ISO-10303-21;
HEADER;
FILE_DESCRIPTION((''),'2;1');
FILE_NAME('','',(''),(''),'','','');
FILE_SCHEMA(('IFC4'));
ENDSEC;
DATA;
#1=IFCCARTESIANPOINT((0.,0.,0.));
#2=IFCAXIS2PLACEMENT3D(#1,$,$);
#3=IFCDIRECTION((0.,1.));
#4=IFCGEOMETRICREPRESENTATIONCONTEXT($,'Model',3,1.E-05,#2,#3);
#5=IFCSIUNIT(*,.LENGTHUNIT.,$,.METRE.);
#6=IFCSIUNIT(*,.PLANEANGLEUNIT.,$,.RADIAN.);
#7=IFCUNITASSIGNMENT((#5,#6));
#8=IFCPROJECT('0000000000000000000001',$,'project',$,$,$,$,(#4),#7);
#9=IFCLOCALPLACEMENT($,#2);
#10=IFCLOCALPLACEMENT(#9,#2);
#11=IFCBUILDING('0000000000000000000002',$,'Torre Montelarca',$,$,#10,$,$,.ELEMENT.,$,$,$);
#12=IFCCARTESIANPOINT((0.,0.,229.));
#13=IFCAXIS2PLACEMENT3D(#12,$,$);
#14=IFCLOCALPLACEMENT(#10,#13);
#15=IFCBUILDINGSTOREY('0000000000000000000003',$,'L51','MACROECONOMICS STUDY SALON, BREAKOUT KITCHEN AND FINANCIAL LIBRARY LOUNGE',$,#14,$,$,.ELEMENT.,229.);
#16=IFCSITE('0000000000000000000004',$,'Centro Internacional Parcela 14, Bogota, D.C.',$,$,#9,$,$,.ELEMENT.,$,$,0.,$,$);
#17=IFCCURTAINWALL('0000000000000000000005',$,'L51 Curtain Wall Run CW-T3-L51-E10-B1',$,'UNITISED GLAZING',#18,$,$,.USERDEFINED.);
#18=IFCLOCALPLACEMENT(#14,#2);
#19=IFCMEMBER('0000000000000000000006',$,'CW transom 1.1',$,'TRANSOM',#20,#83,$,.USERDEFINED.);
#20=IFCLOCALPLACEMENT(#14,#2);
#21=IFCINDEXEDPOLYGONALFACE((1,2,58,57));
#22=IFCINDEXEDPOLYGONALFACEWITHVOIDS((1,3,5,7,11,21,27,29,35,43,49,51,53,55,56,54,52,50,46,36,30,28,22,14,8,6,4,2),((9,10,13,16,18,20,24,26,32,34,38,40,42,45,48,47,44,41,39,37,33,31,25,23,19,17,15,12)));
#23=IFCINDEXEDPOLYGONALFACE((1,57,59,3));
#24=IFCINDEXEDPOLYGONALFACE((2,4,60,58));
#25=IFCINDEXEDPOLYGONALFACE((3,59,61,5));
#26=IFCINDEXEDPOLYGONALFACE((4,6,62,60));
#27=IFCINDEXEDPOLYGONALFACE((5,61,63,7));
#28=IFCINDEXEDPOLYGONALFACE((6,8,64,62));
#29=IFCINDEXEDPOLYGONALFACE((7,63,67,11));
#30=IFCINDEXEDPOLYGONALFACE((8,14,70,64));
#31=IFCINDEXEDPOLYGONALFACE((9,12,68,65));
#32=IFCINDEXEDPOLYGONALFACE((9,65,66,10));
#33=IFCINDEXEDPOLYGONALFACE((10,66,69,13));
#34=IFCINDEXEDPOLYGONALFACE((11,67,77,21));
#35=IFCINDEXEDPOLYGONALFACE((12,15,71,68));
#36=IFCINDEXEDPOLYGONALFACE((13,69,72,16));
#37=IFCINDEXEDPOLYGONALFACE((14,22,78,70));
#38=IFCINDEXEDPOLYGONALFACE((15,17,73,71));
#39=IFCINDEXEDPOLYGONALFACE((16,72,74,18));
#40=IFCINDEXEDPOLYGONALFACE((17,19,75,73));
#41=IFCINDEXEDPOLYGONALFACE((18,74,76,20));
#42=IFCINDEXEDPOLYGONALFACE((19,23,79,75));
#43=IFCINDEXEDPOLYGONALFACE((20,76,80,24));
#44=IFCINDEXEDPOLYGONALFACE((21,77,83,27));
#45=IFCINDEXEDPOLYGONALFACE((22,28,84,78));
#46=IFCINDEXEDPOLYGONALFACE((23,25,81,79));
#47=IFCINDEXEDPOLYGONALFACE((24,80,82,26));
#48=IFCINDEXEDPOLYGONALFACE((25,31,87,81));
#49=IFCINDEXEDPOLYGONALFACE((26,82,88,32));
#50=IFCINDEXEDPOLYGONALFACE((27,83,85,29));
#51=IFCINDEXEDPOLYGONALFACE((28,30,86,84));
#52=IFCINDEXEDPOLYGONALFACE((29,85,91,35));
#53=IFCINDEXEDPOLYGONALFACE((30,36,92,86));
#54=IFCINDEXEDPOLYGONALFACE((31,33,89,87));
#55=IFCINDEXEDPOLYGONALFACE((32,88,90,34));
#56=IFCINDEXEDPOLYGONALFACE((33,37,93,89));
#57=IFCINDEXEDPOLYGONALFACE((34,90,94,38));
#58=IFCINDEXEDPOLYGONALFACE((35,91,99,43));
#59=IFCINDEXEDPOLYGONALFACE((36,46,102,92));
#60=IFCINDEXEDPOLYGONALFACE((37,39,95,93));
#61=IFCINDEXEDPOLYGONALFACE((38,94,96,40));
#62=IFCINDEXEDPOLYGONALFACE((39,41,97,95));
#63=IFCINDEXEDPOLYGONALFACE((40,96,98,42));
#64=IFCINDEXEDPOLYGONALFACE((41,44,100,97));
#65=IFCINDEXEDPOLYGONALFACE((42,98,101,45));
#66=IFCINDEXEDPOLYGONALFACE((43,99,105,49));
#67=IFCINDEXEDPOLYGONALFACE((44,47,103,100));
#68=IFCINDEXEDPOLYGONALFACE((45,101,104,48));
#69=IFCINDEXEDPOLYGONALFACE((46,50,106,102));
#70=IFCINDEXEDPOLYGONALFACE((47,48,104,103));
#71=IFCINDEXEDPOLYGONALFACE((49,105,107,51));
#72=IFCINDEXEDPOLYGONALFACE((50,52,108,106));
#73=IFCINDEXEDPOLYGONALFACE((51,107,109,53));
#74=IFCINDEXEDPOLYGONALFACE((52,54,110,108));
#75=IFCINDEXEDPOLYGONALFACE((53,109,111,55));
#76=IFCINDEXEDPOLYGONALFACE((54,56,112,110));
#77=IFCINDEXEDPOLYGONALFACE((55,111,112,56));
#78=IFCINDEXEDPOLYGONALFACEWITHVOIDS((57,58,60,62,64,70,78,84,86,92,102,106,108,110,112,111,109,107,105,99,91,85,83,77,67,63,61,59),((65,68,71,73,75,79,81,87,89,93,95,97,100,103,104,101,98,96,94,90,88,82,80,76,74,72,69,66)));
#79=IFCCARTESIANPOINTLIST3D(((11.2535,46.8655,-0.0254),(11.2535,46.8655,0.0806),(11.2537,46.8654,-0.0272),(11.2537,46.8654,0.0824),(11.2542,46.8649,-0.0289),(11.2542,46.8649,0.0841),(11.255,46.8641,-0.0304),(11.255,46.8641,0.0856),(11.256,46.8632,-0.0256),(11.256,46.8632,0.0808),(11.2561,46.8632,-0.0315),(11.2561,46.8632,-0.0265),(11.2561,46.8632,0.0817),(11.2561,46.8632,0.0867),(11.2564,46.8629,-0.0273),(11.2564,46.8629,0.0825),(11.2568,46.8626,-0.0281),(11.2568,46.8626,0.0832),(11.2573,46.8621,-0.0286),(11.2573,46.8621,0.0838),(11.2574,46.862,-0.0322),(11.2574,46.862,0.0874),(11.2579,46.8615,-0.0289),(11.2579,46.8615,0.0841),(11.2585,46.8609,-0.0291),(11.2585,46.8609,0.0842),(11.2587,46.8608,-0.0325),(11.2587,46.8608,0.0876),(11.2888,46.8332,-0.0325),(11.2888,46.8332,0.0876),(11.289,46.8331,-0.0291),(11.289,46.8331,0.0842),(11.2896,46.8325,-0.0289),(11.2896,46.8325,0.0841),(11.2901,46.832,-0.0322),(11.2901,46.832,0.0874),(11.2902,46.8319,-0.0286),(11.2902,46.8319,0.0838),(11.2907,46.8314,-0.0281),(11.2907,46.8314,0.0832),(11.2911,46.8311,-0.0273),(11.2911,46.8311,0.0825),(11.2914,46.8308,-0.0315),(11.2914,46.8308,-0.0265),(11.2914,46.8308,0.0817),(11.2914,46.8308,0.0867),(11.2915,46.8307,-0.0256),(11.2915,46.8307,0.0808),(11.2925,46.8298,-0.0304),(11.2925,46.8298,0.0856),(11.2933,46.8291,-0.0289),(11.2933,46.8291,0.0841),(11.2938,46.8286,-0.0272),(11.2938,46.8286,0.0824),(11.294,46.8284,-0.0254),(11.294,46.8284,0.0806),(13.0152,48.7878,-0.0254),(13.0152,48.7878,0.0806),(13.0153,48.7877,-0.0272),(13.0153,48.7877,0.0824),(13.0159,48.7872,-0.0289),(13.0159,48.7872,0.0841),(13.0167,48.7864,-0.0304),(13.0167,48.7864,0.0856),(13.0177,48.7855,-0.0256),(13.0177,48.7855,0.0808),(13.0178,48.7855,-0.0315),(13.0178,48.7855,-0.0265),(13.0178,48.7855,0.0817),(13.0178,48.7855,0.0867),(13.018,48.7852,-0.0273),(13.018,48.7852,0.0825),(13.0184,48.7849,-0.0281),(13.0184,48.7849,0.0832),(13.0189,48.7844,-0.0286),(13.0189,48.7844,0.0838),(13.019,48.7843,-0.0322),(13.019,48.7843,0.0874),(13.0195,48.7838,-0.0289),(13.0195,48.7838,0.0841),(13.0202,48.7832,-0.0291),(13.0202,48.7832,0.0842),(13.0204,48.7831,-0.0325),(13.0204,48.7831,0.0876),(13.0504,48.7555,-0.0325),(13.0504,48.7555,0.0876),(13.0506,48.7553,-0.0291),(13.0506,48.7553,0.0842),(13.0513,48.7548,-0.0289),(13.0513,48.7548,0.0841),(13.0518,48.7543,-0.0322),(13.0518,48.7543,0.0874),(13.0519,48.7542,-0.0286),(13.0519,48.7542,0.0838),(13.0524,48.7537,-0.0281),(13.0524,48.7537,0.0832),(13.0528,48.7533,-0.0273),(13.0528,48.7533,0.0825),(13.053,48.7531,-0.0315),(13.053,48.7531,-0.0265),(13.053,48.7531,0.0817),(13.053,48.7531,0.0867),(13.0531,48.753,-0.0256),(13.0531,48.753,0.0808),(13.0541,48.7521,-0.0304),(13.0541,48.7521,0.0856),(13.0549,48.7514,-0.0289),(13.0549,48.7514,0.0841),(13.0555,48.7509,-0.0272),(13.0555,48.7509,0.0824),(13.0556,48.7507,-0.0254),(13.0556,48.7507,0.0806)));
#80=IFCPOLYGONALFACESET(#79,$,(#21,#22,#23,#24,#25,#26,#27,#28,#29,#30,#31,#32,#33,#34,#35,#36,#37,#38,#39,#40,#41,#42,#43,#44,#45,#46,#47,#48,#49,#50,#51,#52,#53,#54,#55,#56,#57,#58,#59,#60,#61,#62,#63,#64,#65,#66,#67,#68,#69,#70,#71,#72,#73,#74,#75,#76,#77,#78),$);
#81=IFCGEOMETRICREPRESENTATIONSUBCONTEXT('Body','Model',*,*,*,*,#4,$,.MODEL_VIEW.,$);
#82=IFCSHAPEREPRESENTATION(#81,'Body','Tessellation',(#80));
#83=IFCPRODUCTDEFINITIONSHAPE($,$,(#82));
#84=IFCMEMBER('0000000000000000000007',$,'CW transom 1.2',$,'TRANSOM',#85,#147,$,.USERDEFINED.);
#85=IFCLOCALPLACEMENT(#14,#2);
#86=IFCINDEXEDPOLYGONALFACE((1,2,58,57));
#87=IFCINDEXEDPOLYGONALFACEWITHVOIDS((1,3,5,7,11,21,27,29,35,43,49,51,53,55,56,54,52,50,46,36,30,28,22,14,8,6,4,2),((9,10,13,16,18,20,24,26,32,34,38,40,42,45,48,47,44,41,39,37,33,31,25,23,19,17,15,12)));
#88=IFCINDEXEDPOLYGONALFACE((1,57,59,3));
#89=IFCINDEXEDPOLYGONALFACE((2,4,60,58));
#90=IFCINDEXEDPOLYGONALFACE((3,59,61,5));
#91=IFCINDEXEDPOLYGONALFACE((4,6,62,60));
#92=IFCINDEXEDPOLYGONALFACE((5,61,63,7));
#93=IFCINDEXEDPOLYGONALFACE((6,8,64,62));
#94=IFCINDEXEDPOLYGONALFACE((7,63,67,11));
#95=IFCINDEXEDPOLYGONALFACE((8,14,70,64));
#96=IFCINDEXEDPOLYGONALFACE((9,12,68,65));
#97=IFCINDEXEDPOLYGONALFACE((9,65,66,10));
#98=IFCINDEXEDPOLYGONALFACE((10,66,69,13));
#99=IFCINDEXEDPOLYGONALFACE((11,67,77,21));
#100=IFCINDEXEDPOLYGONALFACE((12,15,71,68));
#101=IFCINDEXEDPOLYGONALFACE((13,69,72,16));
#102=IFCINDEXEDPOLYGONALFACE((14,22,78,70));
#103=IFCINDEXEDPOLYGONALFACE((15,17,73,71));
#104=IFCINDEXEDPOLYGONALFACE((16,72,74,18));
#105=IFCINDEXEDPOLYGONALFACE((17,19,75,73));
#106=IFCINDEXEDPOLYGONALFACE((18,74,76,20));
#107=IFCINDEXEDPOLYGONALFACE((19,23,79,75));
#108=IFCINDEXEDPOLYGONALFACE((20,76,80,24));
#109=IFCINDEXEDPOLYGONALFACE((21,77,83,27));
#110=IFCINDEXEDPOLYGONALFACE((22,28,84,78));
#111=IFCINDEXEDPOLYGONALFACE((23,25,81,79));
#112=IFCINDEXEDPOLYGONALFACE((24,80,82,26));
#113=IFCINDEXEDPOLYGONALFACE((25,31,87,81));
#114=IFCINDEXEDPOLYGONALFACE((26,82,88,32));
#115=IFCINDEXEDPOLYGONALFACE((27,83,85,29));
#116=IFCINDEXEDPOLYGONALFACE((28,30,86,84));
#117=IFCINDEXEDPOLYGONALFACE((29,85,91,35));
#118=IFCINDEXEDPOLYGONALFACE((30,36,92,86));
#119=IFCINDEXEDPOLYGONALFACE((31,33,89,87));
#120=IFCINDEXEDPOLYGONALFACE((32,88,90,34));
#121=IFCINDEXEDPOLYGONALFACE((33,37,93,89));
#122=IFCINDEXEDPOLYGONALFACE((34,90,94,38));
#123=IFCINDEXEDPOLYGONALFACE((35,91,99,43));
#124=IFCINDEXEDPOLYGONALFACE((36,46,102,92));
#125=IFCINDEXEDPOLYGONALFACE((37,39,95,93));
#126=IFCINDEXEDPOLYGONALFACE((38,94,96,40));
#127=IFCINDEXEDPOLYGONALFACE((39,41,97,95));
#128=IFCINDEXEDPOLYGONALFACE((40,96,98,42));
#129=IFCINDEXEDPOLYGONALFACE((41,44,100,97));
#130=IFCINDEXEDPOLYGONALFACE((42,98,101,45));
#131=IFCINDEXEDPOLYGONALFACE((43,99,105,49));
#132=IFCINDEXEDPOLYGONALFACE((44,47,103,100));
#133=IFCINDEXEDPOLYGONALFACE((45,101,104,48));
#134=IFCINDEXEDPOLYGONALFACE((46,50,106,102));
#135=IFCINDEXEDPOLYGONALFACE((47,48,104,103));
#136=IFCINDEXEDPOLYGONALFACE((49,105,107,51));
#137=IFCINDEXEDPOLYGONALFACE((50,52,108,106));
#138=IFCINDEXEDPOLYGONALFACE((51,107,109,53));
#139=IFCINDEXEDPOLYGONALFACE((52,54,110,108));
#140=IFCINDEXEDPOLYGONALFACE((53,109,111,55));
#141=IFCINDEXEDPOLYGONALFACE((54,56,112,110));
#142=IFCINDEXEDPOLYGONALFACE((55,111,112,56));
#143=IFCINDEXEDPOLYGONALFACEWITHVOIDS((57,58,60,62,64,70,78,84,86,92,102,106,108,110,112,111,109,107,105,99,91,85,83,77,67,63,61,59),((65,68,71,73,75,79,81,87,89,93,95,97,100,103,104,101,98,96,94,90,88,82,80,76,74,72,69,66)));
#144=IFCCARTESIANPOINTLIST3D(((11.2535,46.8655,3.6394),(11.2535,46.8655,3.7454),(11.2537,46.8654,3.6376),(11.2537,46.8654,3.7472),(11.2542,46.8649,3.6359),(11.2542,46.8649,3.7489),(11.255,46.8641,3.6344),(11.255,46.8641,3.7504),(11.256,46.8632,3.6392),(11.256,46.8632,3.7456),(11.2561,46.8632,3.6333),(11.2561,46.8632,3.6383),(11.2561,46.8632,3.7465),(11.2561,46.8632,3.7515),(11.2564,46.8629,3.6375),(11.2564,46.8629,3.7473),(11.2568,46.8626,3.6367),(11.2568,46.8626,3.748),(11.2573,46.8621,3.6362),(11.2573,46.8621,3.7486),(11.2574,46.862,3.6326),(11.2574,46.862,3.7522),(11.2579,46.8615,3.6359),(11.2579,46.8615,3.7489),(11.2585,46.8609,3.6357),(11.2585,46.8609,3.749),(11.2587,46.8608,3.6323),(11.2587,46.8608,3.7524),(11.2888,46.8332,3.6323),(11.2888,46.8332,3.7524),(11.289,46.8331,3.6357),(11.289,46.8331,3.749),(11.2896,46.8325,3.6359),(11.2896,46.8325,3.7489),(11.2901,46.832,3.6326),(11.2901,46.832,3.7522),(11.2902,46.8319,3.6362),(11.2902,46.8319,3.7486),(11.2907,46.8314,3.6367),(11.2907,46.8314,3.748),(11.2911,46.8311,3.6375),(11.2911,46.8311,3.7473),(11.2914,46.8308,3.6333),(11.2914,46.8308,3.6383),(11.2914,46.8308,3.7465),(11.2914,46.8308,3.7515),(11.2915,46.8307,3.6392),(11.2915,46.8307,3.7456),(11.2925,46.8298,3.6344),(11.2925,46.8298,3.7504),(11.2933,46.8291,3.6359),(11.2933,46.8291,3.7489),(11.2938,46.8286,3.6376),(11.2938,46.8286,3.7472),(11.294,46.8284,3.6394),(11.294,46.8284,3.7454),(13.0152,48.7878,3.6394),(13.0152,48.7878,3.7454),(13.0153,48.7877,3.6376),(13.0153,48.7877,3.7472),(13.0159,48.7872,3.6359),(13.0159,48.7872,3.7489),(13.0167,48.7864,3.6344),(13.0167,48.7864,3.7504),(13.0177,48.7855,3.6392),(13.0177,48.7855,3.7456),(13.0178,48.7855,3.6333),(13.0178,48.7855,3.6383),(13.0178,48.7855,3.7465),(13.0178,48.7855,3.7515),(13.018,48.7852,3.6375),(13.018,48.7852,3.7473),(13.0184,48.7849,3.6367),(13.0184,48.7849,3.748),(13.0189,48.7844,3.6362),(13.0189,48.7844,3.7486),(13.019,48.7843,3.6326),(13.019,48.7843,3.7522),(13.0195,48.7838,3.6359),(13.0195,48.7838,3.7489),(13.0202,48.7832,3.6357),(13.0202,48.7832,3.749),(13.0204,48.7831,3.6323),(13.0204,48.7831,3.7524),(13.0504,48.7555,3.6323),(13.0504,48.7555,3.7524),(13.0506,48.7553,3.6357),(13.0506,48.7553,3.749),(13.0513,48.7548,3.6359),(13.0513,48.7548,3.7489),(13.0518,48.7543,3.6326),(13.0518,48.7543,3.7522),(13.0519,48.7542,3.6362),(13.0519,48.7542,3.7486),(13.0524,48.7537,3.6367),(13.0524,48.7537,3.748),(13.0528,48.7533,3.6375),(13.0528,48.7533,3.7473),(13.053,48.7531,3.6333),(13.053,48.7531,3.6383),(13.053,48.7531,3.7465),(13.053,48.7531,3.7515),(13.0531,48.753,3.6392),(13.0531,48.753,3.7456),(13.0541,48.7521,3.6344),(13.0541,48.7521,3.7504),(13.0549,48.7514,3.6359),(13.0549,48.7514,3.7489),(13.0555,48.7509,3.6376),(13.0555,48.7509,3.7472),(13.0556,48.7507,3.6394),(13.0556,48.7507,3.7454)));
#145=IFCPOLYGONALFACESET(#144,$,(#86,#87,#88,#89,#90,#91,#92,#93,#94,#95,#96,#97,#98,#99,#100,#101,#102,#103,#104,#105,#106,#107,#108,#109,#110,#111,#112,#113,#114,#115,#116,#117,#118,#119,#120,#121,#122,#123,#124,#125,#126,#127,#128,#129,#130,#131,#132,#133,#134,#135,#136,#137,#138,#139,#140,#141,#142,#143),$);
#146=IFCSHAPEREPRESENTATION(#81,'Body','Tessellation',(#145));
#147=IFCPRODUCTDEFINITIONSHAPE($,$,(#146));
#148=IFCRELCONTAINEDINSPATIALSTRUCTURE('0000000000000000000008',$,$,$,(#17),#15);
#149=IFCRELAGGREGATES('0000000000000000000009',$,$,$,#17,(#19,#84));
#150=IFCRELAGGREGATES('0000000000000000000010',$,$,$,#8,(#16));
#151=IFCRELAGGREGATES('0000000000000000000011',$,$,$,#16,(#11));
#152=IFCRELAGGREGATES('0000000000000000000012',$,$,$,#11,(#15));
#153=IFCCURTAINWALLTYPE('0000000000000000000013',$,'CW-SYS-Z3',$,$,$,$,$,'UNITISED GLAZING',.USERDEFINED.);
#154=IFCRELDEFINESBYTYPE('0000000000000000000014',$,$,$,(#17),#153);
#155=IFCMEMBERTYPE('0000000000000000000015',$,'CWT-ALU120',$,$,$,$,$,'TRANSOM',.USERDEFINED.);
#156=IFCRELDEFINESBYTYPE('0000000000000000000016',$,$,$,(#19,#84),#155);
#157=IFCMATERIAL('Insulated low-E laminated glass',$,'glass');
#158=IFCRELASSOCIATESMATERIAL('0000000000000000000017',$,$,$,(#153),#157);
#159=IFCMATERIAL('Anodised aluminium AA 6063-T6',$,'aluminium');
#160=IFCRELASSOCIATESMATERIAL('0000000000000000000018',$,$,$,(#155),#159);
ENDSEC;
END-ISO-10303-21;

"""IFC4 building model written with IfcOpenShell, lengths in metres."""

from ifc_helpers import new_model, si_unit, direction, frame, origin, origin_2d, place, context, subcontext, project, spatial, hollow_rectangle, extrude, source, transform, mapped, material, material_profile, profile_set, type_object, element, aggregate, save


model = new_model("IFC4")

# Units and contexts
model_context = context("Model", 3, precision=1e-05, world=origin(), true_north=direction((0.0, 1.0)))
body_context = subcontext(model_context, "Body", "Model", "MODEL_VIEW")
ifc_project = project(units=[si_unit("LENGTHUNIT", "METRE"), si_unit("PLANEANGLEUNIT", "RADIAN")], contexts=[model_context])

# Site, building, storey
site_placement = place(None, origin())
site = spatial("IfcSite", under=ifc_project, at=site_placement, Name="Centro Internacional Parcela 14, Bogota, D.C.", CompositionType="ELEMENT", RefElevation=0.0)
building_placement = place(site_placement, origin())
building = spatial("IfcBuilding", under=site, at=building_placement, Name="Torre Montelarca", CompositionType="ELEMENT")
storey_placement = place(building_placement, frame((0.0, 0.0, 229.0)))
storey = spatial("IfcBuildingStorey", under=building, at=storey_placement, Name="L51", Description="MACROECONOMICS STUDY SALON, BREAKOUT KITCHEN AND FINANCIAL LIBRARY LOUNGE", CompositionType="ELEMENT", Elevation=229.0)

# Shared definitions
ifc_material_1 = material(Name="Insulated low-E laminated glass", Category="glass")
curtain_wall_type = type_object("IfcCurtainWallType", Name="CW-SYS-Z3", ElementType="UNITISED GLAZING", PredefinedType="USERDEFINED", material=ifc_material_1)
ifc_material_2 = material(Name="Anodised aluminium AA 6063-T6", Category="aluminium")

# Curtain wall
curtain_wall_1_placement = place(storey_placement, origin())
curtain_wall_1 = element("IfcCurtainWall", 1, at=curtain_wall_1_placement, inside=storey, type_object=curtain_wall_type, Name="L51 Curtain Wall Run CW-T3-L51-E10-B1", ObjectType="UNITISED GLAZING", PredefinedType="USERDEFINED")

# Members
ifc_material_profile_1 = material_profile(ifc_material_2, hollow_rectangle(XDim=0.0549, YDim=0.1201, WallThickness=0.0034, InnerFilletRadius=0.0034, OuterFilletRadius=0.0071, at=origin_2d()), Name="ALU55X120X3.5", Category="aluminium")
ifc_profile_set_1 = profile_set([ifc_material_profile_1], Name="Anodised aluminium AA 6063-T6")
member_type_1 = type_object("IfcMemberType", Name="CWT-ALU120", ElementType="TRANSOM", PredefinedType="USERDEFINED", material=ifc_profile_set_1)
shared_shape_1 = source(origin(), body_context, "Body", "SweptSolid", [
    extrude(hollow_rectangle(XDim=0.0549, YDim=0.1201, WallThickness=0.0034, InnerFilletRadius=0.0034, OuterFilletRadius=0.0071, at=origin_2d()), origin(), (0.0, 0.0, 1.0), 2.6074),
])
member_1_placement = place(storey_placement, frame((13.0354, 48.7693, 0.0276), z_axis=(-0.675631, -0.73724, 0.0), x_axis=(0.73724, -0.675631, 0.0)))
member_1 = element("IfcMember", 2, at=member_1_placement, type_object=member_type_1, Name="CW transom 1.1", ObjectType="TRANSOM", PredefinedType="USERDEFINED", context=body_context, shape_type="MappedRepresentation", body=[
    mapped(shared_shape_1, transform((0.0, 0.0, 0.0), scale=1.0)),
])
member_2_placement = place(storey_placement, frame((13.0354, 48.7693, 3.6924), z_axis=(-0.675631, -0.73724, 0.0), x_axis=(0.73724, -0.675631, 0.0)))
member_2 = element("IfcMember", 3, at=member_2_placement, type_object=member_type_1, Name="CW transom 1.2", ObjectType="TRANSOM", PredefinedType="USERDEFINED", context=body_context, shape_type="MappedRepresentation", body=[
    mapped(shared_shape_1, transform((0.0, 0.0, 0.0), scale=1.0)),
])

aggregate(curtain_wall_1, [member_1, member_2])

save(model, "model.ifc")
